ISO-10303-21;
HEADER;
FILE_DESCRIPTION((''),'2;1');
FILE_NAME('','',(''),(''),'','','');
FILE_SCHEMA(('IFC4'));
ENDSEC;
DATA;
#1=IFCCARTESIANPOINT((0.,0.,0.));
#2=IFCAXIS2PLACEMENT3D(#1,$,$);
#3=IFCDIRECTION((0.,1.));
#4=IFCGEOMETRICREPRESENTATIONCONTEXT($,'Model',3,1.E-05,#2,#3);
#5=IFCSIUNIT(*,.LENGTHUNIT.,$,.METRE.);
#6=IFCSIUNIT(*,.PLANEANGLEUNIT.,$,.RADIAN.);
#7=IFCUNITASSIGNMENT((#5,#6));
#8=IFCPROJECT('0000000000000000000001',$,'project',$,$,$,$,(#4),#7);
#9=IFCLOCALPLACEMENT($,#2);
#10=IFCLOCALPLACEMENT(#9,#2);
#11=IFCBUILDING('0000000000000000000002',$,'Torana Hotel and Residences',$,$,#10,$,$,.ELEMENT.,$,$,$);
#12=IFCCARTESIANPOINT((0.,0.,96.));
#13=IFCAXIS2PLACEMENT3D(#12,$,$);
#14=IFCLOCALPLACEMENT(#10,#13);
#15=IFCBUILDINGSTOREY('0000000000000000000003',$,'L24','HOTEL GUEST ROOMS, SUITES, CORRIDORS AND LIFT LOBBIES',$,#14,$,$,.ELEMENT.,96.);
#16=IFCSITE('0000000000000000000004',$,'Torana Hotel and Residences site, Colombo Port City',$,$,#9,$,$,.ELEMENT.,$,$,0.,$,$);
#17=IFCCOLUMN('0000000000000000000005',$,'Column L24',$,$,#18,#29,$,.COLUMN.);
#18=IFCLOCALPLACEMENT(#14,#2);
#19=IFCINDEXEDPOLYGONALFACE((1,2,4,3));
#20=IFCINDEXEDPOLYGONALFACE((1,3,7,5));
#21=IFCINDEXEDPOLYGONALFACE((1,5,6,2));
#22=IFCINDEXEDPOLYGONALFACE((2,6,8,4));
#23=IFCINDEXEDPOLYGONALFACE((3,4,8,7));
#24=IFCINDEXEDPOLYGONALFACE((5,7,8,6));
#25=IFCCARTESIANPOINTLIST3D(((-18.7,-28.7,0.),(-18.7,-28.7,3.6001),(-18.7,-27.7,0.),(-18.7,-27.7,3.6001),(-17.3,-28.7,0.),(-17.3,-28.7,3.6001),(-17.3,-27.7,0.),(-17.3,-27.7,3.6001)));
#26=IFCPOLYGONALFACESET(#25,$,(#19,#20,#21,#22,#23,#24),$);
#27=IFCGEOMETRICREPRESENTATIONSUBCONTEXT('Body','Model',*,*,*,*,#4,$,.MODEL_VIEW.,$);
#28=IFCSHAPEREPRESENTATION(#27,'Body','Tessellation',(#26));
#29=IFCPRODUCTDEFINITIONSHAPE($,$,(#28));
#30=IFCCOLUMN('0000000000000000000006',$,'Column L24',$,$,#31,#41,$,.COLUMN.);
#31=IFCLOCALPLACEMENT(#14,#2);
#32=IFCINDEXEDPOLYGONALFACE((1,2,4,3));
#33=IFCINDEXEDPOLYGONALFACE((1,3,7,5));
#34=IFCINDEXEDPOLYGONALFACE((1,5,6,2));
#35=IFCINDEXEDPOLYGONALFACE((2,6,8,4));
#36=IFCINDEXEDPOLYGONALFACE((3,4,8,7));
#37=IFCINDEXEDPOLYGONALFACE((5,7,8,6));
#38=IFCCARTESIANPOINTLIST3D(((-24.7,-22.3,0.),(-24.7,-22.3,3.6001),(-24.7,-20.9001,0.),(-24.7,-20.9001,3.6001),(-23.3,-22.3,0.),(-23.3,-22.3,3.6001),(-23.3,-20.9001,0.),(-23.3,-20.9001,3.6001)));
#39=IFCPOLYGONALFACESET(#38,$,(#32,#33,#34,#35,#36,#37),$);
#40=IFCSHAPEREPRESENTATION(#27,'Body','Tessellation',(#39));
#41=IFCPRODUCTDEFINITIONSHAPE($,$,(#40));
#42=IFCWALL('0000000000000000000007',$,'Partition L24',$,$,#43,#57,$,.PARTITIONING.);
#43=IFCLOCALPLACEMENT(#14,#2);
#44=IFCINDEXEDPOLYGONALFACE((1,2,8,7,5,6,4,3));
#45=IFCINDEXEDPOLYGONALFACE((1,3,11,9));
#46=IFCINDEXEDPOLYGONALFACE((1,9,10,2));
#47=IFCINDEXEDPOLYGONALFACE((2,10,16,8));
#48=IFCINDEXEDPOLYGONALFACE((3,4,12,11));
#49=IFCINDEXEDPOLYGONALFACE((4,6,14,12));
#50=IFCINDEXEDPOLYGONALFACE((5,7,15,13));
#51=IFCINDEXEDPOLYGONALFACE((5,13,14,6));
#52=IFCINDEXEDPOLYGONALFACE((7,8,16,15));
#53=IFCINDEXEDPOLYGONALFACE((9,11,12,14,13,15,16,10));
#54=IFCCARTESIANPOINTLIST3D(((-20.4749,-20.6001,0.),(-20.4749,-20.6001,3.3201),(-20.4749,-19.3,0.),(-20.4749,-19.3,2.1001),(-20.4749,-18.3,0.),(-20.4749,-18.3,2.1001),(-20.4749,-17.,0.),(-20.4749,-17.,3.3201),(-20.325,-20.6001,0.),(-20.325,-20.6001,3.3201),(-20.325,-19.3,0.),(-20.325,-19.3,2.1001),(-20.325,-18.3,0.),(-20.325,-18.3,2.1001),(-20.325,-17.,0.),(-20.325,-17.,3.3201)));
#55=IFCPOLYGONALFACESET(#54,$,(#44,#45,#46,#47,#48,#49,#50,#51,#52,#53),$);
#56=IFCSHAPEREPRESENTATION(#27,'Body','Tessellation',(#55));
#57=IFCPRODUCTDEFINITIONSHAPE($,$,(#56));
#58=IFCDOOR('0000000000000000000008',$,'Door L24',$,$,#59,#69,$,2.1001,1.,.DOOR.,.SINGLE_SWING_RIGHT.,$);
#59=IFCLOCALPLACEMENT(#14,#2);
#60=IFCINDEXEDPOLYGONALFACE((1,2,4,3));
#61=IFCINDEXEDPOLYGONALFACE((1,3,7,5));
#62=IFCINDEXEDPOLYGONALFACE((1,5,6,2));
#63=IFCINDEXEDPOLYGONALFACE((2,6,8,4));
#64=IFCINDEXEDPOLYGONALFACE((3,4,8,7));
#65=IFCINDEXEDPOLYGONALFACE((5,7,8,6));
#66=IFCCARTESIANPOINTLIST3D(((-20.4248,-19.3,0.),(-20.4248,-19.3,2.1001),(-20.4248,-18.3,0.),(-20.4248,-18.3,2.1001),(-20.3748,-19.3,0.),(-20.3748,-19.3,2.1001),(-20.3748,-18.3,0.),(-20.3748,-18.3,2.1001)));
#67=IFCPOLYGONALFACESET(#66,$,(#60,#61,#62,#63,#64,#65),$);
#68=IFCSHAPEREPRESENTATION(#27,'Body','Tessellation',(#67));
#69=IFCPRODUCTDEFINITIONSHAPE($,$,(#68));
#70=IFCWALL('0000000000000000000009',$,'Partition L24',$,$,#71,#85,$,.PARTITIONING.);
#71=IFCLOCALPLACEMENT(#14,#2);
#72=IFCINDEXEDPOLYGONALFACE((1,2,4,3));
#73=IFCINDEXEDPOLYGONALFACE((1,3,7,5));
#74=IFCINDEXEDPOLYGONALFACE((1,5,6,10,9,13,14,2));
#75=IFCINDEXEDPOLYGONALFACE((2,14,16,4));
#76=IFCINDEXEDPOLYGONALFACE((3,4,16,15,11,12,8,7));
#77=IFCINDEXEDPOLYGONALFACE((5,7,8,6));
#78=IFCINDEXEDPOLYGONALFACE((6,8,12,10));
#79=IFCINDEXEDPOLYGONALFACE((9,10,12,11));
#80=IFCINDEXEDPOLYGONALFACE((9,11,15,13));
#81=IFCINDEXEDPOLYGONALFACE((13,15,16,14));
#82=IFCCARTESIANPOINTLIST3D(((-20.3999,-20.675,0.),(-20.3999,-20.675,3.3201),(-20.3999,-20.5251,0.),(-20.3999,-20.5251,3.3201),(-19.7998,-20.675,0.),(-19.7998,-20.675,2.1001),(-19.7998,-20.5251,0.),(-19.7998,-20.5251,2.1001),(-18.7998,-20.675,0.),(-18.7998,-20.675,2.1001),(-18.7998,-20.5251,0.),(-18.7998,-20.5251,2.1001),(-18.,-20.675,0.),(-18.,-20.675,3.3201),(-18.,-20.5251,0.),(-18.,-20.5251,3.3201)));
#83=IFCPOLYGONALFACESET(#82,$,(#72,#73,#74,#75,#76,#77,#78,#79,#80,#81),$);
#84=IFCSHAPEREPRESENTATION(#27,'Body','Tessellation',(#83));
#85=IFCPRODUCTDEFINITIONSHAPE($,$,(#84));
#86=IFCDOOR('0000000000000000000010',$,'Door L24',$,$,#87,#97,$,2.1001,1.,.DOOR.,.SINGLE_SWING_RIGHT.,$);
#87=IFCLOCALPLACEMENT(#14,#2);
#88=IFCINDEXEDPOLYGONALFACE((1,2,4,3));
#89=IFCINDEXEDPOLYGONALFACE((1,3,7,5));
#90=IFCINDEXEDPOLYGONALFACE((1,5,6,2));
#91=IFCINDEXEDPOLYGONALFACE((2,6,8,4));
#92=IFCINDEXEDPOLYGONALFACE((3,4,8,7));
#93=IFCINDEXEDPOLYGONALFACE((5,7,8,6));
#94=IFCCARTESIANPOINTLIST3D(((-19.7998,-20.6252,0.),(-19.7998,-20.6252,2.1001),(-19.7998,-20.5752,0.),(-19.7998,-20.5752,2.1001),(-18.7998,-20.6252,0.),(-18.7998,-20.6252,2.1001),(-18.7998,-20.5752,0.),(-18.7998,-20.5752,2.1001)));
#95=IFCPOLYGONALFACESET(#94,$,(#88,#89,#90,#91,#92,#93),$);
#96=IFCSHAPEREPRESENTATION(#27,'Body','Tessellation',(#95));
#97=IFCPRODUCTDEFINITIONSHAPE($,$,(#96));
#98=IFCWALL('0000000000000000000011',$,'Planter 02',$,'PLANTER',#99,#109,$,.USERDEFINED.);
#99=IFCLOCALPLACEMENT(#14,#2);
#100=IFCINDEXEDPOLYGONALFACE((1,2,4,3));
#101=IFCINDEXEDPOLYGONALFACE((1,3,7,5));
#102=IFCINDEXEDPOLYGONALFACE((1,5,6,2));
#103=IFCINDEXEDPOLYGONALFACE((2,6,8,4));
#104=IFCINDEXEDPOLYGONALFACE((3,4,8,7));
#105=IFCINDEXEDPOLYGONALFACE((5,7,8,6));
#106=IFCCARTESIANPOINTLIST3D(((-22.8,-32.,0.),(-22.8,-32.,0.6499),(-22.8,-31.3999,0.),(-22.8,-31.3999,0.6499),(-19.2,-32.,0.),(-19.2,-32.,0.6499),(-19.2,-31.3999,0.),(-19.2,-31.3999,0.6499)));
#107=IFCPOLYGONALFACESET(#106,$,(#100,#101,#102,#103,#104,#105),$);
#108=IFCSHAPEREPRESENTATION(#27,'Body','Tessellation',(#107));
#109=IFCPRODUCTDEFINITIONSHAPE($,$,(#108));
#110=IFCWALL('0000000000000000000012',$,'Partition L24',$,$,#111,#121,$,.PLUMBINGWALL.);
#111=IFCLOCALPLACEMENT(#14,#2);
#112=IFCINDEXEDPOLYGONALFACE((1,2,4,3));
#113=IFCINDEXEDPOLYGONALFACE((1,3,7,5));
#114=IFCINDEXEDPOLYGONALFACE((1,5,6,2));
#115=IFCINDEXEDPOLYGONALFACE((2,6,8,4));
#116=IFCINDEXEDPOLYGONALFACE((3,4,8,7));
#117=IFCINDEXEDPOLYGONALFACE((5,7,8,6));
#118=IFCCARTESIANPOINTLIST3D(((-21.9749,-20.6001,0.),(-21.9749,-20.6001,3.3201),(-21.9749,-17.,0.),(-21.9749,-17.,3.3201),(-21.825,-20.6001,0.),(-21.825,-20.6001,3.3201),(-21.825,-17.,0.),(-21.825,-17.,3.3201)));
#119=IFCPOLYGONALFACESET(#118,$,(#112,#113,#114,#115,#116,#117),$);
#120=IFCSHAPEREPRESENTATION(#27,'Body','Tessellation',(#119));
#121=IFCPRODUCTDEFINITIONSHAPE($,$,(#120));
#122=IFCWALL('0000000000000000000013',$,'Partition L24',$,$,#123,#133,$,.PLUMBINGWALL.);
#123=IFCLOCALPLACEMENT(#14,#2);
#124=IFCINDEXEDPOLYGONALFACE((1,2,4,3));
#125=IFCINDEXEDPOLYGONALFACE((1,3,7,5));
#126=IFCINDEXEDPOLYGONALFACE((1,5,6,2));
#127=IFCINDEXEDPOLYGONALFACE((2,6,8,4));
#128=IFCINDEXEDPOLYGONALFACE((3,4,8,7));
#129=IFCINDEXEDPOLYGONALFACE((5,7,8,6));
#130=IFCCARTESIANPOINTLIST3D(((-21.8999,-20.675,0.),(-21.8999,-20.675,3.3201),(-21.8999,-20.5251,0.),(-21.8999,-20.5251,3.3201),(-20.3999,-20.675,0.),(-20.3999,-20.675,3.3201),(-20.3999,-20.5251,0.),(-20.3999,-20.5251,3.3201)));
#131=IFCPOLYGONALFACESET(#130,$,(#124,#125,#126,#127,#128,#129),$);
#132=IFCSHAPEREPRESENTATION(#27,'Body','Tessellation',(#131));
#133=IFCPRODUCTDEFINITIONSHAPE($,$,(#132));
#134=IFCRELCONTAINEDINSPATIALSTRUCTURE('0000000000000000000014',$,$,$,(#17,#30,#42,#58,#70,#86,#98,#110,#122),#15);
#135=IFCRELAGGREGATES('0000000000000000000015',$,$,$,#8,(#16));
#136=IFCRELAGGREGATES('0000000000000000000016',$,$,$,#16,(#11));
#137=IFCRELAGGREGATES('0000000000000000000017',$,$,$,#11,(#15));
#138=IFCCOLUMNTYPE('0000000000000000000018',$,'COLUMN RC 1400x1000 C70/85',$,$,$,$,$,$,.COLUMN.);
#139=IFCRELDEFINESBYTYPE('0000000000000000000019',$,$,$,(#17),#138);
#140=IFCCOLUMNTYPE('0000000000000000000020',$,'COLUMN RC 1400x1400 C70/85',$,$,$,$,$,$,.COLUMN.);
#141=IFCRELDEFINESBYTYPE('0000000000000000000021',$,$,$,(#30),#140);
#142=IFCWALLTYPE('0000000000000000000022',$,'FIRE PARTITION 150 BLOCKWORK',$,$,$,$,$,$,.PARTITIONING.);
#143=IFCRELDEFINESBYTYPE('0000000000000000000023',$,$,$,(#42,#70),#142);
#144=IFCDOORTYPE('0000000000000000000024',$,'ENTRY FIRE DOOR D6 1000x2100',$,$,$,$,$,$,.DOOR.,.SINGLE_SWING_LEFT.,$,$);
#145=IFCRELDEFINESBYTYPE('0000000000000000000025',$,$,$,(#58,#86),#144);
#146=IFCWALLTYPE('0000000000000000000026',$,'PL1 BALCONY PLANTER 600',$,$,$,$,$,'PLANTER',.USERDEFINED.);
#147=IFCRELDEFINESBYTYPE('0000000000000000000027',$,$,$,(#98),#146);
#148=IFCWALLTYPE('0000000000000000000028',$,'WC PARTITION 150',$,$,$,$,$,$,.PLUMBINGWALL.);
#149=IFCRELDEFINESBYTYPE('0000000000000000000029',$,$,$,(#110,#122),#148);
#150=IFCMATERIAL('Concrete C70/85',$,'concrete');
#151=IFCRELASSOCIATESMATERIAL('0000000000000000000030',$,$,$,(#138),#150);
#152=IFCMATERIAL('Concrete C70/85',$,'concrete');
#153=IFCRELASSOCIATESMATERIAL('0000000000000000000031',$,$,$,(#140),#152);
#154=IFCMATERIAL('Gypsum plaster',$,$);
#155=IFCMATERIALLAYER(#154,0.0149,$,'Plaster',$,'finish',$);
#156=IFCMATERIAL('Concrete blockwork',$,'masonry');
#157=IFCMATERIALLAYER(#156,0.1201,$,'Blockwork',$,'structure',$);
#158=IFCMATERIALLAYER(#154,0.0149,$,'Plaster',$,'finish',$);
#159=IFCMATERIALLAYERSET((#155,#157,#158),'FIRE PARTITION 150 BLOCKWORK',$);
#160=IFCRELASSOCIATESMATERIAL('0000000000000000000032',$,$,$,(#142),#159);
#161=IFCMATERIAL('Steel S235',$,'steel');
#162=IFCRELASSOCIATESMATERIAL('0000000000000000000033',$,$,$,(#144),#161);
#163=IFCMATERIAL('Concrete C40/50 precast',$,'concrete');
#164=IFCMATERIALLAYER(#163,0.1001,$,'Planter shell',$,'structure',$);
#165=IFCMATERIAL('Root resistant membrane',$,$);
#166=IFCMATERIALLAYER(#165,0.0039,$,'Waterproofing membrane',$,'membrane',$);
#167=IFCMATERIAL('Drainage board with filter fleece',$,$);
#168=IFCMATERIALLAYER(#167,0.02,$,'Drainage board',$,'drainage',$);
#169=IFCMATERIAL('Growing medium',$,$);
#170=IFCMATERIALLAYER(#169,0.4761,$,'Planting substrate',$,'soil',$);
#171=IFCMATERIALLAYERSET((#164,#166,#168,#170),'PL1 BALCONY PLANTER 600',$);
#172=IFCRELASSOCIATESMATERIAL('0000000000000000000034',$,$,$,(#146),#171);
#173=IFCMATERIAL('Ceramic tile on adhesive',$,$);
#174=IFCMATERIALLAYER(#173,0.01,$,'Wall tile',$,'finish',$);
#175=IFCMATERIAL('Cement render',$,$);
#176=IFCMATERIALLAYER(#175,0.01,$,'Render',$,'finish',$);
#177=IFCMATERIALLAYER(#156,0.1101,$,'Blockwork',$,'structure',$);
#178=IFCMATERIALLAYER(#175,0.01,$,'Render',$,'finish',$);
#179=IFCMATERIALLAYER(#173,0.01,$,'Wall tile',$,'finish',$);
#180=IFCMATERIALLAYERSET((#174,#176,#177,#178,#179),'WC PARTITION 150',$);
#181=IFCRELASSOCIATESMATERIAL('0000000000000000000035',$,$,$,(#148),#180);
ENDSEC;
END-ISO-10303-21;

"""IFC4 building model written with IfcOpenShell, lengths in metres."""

from ifc_helpers import new_model, si_unit, direction, frame, frame_2d, origin, origin_2d, place, context, subcontext, project, spatial, rectangle, extrude, material, layer, layer_set, material_profile, profile_set, type_object, element, fill, save


model = new_model("IFC4")

# Units and contexts
model_context = context("Model", 3, precision=1e-05, world=origin(), true_north=direction((0.0, 1.0)))
body_context = subcontext(model_context, "Body", "Model", "MODEL_VIEW")
ifc_project = project(units=[si_unit("LENGTHUNIT", "METRE"), si_unit("PLANEANGLEUNIT", "RADIAN")], contexts=[model_context])

# Site, building, storey
site_placement = place(None, origin())
site = spatial("IfcSite", under=ifc_project, at=site_placement, Name="Torana Hotel and Residences site, Colombo Port City", CompositionType="ELEMENT", RefElevation=0.0)
building_placement = place(site_placement, origin())
building = spatial("IfcBuilding", under=site, at=building_placement, Name="Torana Hotel and Residences", CompositionType="ELEMENT")
storey_placement = place(building_placement, frame((0.0, 0.0, 96.0)))
storey = spatial("IfcBuildingStorey", under=building, at=storey_placement, Name="L24", Description="HOTEL GUEST ROOMS, SUITES, CORRIDORS AND LIFT LOBBIES", CompositionType="ELEMENT", Elevation=96.0)

# Columns
ifc_material_1 = material(Name="Concrete C70/85", Category="concrete")
ifc_material_profile_1 = material_profile(ifc_material_1, rectangle(XDim=1.3999, YDim=1.0, at=origin_2d()), Name="RC 1400x1000")
ifc_profile_set_1 = profile_set([ifc_material_profile_1], Name="Concrete C70/85")
column_type_1 = type_object("IfcColumnType", Name="COLUMN RC 1400x1000 C70/85", PredefinedType="COLUMN", material=ifc_profile_set_1)
column_1_placement = place(storey_placement, frame((-18.0, -28.2, 0.0), z_axis=(0.0, 0.0, 1.0), x_axis=(1.0, 0.0, 0.0)))
element("IfcColumn", 1, at=column_1_placement, inside=storey, type_object=column_type_1, Name="Column L24", PredefinedType="COLUMN", context=body_context, shape_type="SweptSolid", body=[
    extrude(rectangle(XDim=1.3999, YDim=1.0, at=origin_2d()), origin(), (0.0, 0.0, 1.0), 3.6001),
])
ifc_material_2 = material(Name="Concrete C70/85", Category="concrete")
ifc_material_profile_2 = material_profile(ifc_material_2, rectangle(XDim=1.3999, YDim=1.3999, at=origin_2d()), Name="RC 1400x1400")
ifc_profile_set_2 = profile_set([ifc_material_profile_2], Name="Concrete C70/85")
column_type_2 = type_object("IfcColumnType", Name="COLUMN RC 1400x1400 C70/85", PredefinedType="COLUMN", material=ifc_profile_set_2)
column_2_placement = place(storey_placement, frame((-24.0, -21.6001, 0.0), z_axis=(0.0, 0.0, 1.0), x_axis=(1.0, 0.0, 0.0)))
element("IfcColumn", 2, at=column_2_placement, inside=storey, type_object=column_type_2, Name="Column L24", PredefinedType="COLUMN", context=body_context, shape_type="SweptSolid", body=[
    extrude(rectangle(XDim=1.3999, YDim=1.3999, at=origin_2d()), origin(), (0.0, 0.0, 1.0), 3.6001),
])

# Walls, openings, doors
ifc_material_3 = material(Name="Gypsum plaster")
ifc_layer_1 = layer(ifc_material_3, 0.0149, Name="Plaster", Category="finish")
ifc_material_4 = material(Name="Concrete blockwork", Category="masonry")
ifc_layer_2 = layer(ifc_material_4, 0.1201, Name="Blockwork", Category="structure")
ifc_layer_3 = layer(ifc_material_3, 0.0149, Name="Plaster", Category="finish")
ifc_layer_set_1 = layer_set([ifc_layer_1, ifc_layer_2, ifc_layer_3], Name="FIRE PARTITION 150 BLOCKWORK")
wall_type_1 = type_object("IfcWallType", Name="FIRE PARTITION 150 BLOCKWORK", PredefinedType="PARTITIONING", material=ifc_layer_set_1)
wall_1_placement = place(storey_placement, frame((-20.3999, -20.6001, 0.0), z_axis=(0.0, 0.0, 1.0), x_axis=(0.0, 1.0, 0.0)))
wall_1 = element("IfcWall", 3, at=wall_1_placement, inside=storey, type_object=wall_type_1, Name="Partition L24", PredefinedType="PARTITIONING", context=body_context, shape_type="SweptSolid", body=[
    extrude(rectangle(XDim=3.6001, YDim=0.1499, at=frame_2d((1.8, 0.0))), origin(), (0.0, 0.0, 1.0), 3.3201),
])
opening_1_placement = place(wall_1_placement, frame((1.3, 0.0, 0.0)))
opening_1 = element("IfcOpeningElement", 4, at=opening_1_placement, cuts=wall_1, PredefinedType="OPENING", context=body_context, shape_type="SweptSolid", body=[
    extrude(rectangle(XDim=1.0, YDim=2.1001, at=frame_2d((0.5, 1.05))), frame((0.0, 0.085, 0.0), z_axis=(0.0, -1.0, 0.0), x_axis=(1.0, 0.0, 0.0)), (0.0, 0.0, 1.0), 0.1699),
])
ifc_material_5 = material(Name="Steel S235", Category="steel")
door_type = type_object("IfcDoorType", Name="ENTRY FIRE DOOR D6 1000x2100", OperationType="SINGLE_SWING_LEFT", PredefinedType="DOOR", material=ifc_material_5)
door_1_placement = place(opening_1_placement, origin())
door_1 = element("IfcDoor", 5, at=door_1_placement, inside=storey, type_object=door_type, Name="Door L24", OperationType="SINGLE_SWING_RIGHT", OverallHeight=2.1001, OverallWidth=1.0, PredefinedType="DOOR", context=body_context, shape_type="SweptSolid", body=[
    extrude(rectangle(XDim=1.0, YDim=2.1001, at=frame_2d((0.5, 1.05))), frame((0.0, 0.0249, 0.0), z_axis=(0.0, -1.0, 0.0), x_axis=(1.0, 0.0, 0.0)), (0.0, 0.0, 1.0), 0.05),
])
fill(opening_1, door_1)
wall_2_placement = place(storey_placement, frame((-20.3999, -20.6001, 0.0), z_axis=(0.0, 0.0, 1.0), x_axis=(1.0, 0.0, 0.0)))
wall_2 = element("IfcWall", 6, at=wall_2_placement, inside=storey, type_object=wall_type_1, Name="Partition L24", PredefinedType="PARTITIONING", context=body_context, shape_type="SweptSolid", body=[
    extrude(rectangle(XDim=2.3999, YDim=0.1499, at=frame_2d((1.2, 0.0))), origin(), (0.0, 0.0, 1.0), 3.3201),
])
opening_2_placement = place(wall_2_placement, frame((0.6001, 0.0, 0.0)))
opening_2 = element("IfcOpeningElement", 7, at=opening_2_placement, cuts=wall_2, PredefinedType="OPENING", context=body_context, shape_type="SweptSolid", body=[
    extrude(rectangle(XDim=1.0, YDim=2.1001, at=frame_2d((0.5, 1.05))), frame((0.0, 0.085, 0.0), z_axis=(0.0, -1.0, 0.0), x_axis=(1.0, 0.0, 0.0)), (0.0, 0.0, 1.0), 0.1699),
])
door_2_placement = place(opening_2_placement, frame((0.5, 0.0, 0.0), z_axis=(0.0, 0.0, 1.0), x_axis=(-1.0, 0.0, 0.0)))
door_2 = element("IfcDoor", 8, at=door_2_placement, inside=storey, type_object=door_type, Name="Door L24", OperationType="SINGLE_SWING_RIGHT", OverallHeight=2.1001, OverallWidth=1.0, PredefinedType="DOOR", context=body_context, shape_type="SweptSolid", body=[
    extrude(rectangle(XDim=1.0, YDim=2.1001, at=frame_2d((0.0, 1.05))), frame((0.0, -0.0249, 0.0), z_axis=(0.0, 1.0, 0.0), x_axis=(-1.0, 0.0, 0.0)), (0.0, 0.0, 1.0), 0.05),
])
fill(opening_2, door_2)

# Walls
ifc_material_6 = material(Name="Concrete C40/50 precast", Category="concrete")
ifc_layer_4 = layer(ifc_material_6, 0.1001, Name="Planter shell", Category="structure")
ifc_material_7 = material(Name="Root resistant membrane")
ifc_layer_5 = layer(ifc_material_7, 0.0039, Name="Waterproofing membrane", Category="membrane")
ifc_material_8 = material(Name="Drainage board with filter fleece")
ifc_layer_6 = layer(ifc_material_8, 0.02, Name="Drainage board", Category="drainage")
ifc_material_9 = material(Name="Growing medium")
ifc_layer_7 = layer(ifc_material_9, 0.4761, Name="Planting substrate", Category="soil")
ifc_layer_set_2 = layer_set([ifc_layer_4, ifc_layer_5, ifc_layer_6, ifc_layer_7], Name="PL1 BALCONY PLANTER 600")
wall_type_2 = type_object("IfcWallType", Name="PL1 BALCONY PLANTER 600", ElementType="PLANTER", PredefinedType="USERDEFINED", material=ifc_layer_set_2)
wall_3_placement = place(storey_placement, frame((-19.2, -31.7, 0.0), z_axis=(0.0, 0.0, 1.0), x_axis=(-1.0, 0.0, 0.0)))
element("IfcWall", 9, at=wall_3_placement, inside=storey, type_object=wall_type_2, Name="Planter 02", ObjectType="PLANTER", PredefinedType="USERDEFINED", context=body_context, shape_type="SweptSolid", body=[
    extrude(rectangle(XDim=3.6001, YDim=0.6001, at=frame_2d((1.8, 0.0))), origin(), (0.0, 0.0, 1.0), 0.6499),
])
ifc_material_10 = material(Name="Ceramic tile on adhesive")
ifc_layer_8 = layer(ifc_material_10, 0.01, Name="Wall tile", Category="finish")
ifc_material_11 = material(Name="Cement render")
ifc_layer_9 = layer(ifc_material_11, 0.01, Name="Render", Category="finish")
ifc_layer_10 = layer(ifc_material_4, 0.1101, Name="Blockwork", Category="structure")
ifc_layer_11 = layer(ifc_material_11, 0.01, Name="Render", Category="finish")
ifc_layer_12 = layer(ifc_material_10, 0.01, Name="Wall tile", Category="finish")
ifc_layer_set_3 = layer_set([ifc_layer_8, ifc_layer_9, ifc_layer_10, ifc_layer_11, ifc_layer_12], Name="WC PARTITION 150")
wall_type_3 = type_object("IfcWallType", Name="WC PARTITION 150", PredefinedType="PLUMBINGWALL", material=ifc_layer_set_3)
wall_4_placement = place(storey_placement, frame((-21.8999, -20.6001, 0.0), z_axis=(0.0, 0.0, 1.0), x_axis=(0.0, 1.0, 0.0)))
element("IfcWall", 10, at=wall_4_placement, inside=storey, type_object=wall_type_3, Name="Partition L24", PredefinedType="PLUMBINGWALL", context=body_context, shape_type="SweptSolid", body=[
    extrude(rectangle(XDim=3.6001, YDim=0.1499, at=frame_2d((1.8, 0.0))), origin(), (0.0, 0.0, 1.0), 3.3201),
])
wall_5_placement = place(storey_placement, frame((-21.8999, -20.6001, 0.0), z_axis=(0.0, 0.0, 1.0), x_axis=(1.0, 0.0, 0.0)))
element("IfcWall", 11, at=wall_5_placement, inside=storey, type_object=wall_type_3, Name="Partition L24", PredefinedType="PLUMBINGWALL", context=body_context, shape_type="SweptSolid", body=[
    extrude(rectangle(XDim=1.5, YDim=0.1499, at=frame_2d((0.75, 0.0))), origin(), (0.0, 0.0, 1.0), 3.3201),
])

save(model, "model.ifc")
